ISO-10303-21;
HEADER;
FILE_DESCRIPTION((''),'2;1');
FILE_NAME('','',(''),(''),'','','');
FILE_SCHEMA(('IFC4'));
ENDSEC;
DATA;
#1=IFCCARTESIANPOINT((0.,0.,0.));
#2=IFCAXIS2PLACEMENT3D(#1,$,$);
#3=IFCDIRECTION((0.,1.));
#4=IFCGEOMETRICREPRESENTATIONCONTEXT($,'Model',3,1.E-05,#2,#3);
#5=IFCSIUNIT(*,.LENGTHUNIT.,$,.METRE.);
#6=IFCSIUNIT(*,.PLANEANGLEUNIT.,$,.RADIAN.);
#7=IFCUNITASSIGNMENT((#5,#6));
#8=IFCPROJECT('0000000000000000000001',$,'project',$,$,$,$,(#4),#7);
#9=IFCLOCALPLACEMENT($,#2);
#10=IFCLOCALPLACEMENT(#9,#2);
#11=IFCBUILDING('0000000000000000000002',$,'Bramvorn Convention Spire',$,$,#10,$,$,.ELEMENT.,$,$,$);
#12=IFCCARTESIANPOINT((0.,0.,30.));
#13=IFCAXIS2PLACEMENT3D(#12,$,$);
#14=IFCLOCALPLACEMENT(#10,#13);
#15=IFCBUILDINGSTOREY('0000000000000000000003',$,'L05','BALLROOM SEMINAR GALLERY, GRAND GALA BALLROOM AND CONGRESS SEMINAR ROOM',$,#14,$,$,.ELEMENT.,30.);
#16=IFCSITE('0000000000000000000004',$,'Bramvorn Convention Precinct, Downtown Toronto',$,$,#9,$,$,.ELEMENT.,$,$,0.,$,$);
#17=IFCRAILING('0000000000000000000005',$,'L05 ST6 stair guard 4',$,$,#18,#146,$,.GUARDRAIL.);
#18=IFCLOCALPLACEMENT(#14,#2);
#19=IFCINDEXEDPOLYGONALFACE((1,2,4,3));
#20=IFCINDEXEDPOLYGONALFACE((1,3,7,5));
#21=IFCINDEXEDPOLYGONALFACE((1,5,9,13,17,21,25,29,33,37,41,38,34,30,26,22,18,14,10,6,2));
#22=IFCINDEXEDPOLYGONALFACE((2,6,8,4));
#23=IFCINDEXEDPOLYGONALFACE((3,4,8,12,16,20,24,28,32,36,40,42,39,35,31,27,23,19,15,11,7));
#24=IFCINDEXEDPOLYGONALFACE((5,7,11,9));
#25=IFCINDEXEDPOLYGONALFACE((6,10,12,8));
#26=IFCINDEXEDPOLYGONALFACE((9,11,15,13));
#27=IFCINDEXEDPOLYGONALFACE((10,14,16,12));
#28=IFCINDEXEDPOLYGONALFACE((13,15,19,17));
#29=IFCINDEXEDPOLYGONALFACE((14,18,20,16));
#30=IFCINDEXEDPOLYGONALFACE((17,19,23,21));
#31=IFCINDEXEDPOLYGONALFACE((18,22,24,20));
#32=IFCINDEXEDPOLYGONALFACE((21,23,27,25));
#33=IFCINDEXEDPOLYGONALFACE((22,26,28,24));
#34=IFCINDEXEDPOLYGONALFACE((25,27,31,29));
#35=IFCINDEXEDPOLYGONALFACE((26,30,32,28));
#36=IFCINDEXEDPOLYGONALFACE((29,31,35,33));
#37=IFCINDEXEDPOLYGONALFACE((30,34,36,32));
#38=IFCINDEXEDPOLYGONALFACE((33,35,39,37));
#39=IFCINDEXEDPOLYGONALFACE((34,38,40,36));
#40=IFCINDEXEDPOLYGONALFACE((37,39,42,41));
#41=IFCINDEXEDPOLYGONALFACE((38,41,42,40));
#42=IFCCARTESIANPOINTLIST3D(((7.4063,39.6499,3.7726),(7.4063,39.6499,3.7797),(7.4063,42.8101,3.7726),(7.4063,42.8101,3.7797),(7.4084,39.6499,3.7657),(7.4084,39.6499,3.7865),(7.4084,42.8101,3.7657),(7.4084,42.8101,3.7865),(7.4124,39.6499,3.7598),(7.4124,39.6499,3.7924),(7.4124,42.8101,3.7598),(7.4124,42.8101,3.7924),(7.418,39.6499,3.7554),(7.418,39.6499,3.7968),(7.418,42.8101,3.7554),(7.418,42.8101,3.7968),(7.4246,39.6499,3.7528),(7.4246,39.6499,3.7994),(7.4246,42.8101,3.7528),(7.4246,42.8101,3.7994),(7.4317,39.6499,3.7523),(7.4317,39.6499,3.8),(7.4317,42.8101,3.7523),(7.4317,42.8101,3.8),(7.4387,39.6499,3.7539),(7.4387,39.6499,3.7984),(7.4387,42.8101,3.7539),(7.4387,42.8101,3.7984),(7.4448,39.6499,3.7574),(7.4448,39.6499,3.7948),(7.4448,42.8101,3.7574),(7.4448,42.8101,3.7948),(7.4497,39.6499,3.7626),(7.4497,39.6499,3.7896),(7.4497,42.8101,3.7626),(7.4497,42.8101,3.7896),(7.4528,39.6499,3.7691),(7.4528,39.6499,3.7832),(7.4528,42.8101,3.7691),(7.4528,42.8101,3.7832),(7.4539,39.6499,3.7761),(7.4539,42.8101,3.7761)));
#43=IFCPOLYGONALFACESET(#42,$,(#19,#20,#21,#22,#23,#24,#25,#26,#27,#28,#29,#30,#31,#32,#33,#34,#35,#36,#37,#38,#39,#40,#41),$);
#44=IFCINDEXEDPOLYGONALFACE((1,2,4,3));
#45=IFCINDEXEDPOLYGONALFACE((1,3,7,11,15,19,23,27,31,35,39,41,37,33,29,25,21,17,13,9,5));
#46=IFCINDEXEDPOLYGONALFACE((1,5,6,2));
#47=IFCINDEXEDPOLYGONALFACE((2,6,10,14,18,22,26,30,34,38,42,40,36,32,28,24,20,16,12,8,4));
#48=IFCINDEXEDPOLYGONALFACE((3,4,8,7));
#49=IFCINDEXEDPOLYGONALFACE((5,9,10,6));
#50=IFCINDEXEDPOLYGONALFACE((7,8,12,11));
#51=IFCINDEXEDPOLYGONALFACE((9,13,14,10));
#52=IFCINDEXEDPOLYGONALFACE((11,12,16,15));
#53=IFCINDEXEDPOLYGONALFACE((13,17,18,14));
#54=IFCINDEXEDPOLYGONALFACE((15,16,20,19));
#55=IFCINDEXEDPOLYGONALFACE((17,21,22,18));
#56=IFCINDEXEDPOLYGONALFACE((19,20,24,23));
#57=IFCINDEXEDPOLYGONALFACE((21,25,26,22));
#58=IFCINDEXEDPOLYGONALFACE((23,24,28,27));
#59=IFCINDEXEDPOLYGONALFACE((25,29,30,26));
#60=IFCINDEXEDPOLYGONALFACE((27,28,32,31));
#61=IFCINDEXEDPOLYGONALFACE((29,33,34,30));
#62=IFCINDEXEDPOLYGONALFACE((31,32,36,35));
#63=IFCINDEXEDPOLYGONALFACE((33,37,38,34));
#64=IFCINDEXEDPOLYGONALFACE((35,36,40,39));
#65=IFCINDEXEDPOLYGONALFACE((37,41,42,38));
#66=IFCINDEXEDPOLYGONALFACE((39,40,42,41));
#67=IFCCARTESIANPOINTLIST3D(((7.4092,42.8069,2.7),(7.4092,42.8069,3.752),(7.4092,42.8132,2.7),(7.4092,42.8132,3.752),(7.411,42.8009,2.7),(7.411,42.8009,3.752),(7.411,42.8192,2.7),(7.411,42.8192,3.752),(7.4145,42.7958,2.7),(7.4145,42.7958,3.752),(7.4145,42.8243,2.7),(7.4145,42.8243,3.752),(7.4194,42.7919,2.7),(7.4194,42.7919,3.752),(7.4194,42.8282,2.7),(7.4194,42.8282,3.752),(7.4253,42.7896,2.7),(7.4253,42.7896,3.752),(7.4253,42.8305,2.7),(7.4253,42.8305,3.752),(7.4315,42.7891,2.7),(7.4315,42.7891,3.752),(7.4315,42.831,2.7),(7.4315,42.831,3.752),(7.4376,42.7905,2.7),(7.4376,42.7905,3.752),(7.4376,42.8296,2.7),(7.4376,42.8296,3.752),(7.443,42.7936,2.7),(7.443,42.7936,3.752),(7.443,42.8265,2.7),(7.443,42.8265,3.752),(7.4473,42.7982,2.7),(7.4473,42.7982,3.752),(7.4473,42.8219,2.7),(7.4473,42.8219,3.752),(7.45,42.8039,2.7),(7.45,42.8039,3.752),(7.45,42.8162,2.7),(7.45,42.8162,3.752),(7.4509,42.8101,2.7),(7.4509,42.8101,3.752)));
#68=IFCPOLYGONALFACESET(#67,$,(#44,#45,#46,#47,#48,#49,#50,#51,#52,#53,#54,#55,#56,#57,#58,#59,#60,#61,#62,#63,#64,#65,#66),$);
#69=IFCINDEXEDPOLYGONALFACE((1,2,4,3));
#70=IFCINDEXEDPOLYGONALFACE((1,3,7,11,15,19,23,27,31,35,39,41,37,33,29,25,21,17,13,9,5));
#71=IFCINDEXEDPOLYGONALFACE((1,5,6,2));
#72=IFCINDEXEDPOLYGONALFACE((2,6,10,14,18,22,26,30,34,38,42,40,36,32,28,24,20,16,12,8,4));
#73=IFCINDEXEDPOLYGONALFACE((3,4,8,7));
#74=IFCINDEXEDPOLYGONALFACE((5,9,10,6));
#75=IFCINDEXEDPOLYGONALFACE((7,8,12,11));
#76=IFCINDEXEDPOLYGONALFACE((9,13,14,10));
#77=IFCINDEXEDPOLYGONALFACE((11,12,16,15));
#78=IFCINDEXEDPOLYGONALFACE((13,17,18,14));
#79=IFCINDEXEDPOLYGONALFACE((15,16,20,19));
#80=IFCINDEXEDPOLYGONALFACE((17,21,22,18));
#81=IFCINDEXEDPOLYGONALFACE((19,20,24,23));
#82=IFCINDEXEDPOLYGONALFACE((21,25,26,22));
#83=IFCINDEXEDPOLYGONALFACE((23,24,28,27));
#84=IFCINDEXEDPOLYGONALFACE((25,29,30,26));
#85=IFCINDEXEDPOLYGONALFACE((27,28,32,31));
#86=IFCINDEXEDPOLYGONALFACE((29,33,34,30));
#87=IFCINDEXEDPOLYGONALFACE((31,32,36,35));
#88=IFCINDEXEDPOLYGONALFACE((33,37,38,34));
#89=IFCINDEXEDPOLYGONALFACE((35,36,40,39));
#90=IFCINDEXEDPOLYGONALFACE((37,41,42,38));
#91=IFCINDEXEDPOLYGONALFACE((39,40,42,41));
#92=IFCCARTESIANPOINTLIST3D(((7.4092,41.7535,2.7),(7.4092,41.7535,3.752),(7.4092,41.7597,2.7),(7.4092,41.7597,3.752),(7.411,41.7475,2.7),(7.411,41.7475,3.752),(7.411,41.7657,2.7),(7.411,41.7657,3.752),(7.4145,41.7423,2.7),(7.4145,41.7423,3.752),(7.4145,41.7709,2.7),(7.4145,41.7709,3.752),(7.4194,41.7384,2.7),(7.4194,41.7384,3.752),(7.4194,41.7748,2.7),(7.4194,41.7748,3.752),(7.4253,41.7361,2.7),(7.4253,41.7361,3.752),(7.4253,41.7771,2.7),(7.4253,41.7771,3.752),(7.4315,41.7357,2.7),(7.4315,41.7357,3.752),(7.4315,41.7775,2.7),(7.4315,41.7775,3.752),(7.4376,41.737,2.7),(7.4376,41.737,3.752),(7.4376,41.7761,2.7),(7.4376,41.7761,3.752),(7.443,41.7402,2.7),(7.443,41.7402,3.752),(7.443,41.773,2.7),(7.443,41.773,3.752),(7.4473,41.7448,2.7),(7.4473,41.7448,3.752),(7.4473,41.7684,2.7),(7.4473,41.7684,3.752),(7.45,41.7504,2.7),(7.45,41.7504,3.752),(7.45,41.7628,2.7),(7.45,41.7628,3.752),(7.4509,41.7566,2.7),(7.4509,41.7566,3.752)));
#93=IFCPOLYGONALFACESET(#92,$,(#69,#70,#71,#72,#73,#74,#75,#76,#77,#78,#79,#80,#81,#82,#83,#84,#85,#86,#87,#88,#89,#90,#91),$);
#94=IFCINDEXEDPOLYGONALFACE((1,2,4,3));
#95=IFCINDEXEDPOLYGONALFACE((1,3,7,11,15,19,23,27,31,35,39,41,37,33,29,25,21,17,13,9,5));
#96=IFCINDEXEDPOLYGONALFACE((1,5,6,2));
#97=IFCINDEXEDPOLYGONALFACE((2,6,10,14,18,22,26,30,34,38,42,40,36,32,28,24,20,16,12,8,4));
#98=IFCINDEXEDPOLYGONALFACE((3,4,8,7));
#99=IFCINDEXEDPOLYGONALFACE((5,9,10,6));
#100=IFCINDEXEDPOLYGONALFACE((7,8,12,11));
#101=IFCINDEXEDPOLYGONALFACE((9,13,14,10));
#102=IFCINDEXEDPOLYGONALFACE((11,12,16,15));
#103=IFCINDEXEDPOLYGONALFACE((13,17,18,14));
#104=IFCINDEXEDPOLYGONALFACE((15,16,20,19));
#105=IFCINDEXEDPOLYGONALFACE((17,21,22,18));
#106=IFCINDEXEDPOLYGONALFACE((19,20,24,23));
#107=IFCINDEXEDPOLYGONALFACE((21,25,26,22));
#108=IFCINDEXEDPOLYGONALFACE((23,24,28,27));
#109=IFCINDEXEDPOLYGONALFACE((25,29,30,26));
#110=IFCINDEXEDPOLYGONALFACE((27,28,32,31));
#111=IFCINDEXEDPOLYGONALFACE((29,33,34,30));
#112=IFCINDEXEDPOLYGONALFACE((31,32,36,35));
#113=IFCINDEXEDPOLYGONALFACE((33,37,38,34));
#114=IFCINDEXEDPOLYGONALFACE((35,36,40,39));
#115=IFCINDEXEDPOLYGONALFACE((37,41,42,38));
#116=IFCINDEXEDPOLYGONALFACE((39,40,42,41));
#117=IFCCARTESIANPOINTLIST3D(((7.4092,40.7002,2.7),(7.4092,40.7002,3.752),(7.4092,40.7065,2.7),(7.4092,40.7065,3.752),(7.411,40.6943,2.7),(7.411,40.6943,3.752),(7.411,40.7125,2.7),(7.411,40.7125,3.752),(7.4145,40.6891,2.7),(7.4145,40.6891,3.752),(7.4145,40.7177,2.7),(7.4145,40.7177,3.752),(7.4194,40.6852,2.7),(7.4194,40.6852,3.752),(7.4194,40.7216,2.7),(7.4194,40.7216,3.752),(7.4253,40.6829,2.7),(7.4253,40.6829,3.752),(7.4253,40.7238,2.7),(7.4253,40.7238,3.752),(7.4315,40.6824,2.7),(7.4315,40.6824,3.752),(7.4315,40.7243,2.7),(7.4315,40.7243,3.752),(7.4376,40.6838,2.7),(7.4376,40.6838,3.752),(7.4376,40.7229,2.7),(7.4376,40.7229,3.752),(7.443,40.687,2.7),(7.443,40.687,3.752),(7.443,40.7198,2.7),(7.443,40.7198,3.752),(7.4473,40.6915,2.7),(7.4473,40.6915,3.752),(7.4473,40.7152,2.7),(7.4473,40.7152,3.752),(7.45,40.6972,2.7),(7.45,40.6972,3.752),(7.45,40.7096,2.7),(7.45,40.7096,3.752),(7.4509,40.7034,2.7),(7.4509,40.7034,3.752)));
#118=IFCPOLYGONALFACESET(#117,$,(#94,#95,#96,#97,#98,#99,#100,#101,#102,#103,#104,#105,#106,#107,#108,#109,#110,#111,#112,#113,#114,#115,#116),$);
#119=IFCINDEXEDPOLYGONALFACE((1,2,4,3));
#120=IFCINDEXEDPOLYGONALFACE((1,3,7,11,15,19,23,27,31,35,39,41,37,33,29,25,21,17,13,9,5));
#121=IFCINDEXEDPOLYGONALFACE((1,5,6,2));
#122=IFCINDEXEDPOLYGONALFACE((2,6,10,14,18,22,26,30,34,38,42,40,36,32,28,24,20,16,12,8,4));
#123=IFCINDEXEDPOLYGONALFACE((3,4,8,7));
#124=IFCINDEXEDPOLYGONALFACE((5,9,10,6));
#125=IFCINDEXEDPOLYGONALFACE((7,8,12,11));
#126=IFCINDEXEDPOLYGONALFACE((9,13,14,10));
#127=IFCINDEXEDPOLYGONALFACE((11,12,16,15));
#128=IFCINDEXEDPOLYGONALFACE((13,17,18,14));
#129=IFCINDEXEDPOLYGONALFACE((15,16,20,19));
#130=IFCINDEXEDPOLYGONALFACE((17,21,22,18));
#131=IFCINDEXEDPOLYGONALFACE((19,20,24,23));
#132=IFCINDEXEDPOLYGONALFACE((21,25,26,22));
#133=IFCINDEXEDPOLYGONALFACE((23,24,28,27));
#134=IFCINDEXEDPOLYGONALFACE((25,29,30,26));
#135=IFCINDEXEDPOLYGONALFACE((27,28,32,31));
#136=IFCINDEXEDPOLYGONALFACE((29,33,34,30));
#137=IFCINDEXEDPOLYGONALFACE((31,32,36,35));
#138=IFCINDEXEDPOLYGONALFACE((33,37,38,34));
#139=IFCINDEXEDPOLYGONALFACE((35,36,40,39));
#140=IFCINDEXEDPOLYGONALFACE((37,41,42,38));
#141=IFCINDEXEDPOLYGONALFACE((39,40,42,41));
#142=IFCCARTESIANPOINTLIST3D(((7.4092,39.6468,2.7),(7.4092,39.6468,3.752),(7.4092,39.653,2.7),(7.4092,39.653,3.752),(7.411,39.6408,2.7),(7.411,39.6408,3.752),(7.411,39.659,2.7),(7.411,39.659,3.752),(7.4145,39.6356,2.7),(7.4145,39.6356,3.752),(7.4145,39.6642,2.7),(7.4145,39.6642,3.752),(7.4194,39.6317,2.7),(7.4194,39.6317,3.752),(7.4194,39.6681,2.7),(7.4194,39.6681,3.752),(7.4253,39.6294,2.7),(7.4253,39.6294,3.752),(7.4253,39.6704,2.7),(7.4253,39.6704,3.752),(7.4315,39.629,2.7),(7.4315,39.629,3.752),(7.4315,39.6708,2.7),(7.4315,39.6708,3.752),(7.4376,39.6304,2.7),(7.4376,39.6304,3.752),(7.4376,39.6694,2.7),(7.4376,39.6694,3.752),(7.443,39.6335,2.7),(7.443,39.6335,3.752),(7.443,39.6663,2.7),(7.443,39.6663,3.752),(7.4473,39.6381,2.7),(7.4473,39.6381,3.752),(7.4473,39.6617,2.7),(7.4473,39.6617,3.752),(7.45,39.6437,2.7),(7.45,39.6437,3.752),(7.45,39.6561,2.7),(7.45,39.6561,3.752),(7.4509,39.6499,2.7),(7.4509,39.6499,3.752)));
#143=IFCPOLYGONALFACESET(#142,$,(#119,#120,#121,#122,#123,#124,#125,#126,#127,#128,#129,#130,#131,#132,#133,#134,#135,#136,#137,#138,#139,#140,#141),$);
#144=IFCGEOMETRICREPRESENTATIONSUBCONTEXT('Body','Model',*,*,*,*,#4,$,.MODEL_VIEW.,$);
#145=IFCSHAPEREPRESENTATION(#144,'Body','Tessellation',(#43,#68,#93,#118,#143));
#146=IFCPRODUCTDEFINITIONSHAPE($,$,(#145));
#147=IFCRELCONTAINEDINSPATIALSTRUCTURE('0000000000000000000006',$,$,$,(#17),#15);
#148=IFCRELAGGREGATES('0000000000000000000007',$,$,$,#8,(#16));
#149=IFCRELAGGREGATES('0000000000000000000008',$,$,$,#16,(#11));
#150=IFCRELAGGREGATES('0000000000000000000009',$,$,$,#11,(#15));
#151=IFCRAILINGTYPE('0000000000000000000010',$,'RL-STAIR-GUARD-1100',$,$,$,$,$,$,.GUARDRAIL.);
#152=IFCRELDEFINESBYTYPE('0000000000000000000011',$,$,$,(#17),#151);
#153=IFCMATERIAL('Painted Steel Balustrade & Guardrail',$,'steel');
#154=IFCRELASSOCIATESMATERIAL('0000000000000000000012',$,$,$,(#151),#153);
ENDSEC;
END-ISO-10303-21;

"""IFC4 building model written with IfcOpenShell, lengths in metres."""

from ifc_helpers import new_model, si_unit, direction, frame, origin, origin_2d, place, context, subcontext, project, spatial, circle, extrude, material, type_object, element, save


model = new_model("IFC4")

# Units and contexts
model_context = context("Model", 3, precision=1e-05, world=origin(), true_north=direction((0.0, 1.0)))
body_context = subcontext(model_context, "Body", "Model", "MODEL_VIEW")
ifc_project = project(units=[si_unit("LENGTHUNIT", "METRE"), si_unit("PLANEANGLEUNIT", "RADIAN")], contexts=[model_context])

# Site, building, storey
site_placement = place(None, origin())
site = spatial("IfcSite", under=ifc_project, at=site_placement, Name="Bramvorn Convention Precinct, Downtown Toronto", CompositionType="ELEMENT", RefElevation=0.0)
building_placement = place(site_placement, origin())
building = spatial("IfcBuilding", under=site, at=building_placement, Name="Bramvorn Convention Spire", CompositionType="ELEMENT")
storey_placement = place(building_placement, frame((0.0, 0.0, 30.0)))
storey = spatial("IfcBuildingStorey", under=building, at=storey_placement, Name="L05", Description="BALLROOM SEMINAR GALLERY, GRAND GALA BALLROOM AND CONGRESS SEMINAR ROOM", CompositionType="ELEMENT", Elevation=30.0)

# Railing
ifc_material_1 = material(Name="Painted Steel Balustrade & Guardrail", Category="steel")
railing_type = type_object("IfcRailingType", Name="RL-STAIR-GUARD-1100", PredefinedType="GUARDRAIL", material=ifc_material_1)
for number, where, name in (
    (1, (7.4299, 42.8101, 2.7), "L05 ST6 stair guard 4"),
):
    element("IfcRailing", number, at=place(storey_placement, frame(where)), inside=storey, type_object=railing_type, Name=name, PredefinedType="GUARDRAIL", context=body_context, shape_type="SweptSolid", body=[
        extrude(circle(Radius=0.0239, at=origin_2d()), frame((0.0, 0.0, 1.0762), z_axis=(0.0, -1.0, 0.0), x_axis=(1.0, 0.0, 0.0)), (0.0, 0.0, 1.0), 3.1602),
        extrude(circle(Radius=0.021, at=origin_2d()), origin(), (0.0, 0.0, 1.0), 1.052),
        extrude(circle(Radius=0.021, at=origin_2d()), frame((0.0, -1.0535, 0.0)), (0.0, 0.0, 1.0), 1.052),
        extrude(circle(Radius=0.021, at=origin_2d()), frame((0.0, -2.1067, 0.0)), (0.0, 0.0, 1.0), 1.052),
        extrude(circle(Radius=0.021, at=origin_2d()), frame((0.0, -3.1602, 0.0)), (0.0, 0.0, 1.0), 1.052),
    ])

save(model, "model.ifc")
